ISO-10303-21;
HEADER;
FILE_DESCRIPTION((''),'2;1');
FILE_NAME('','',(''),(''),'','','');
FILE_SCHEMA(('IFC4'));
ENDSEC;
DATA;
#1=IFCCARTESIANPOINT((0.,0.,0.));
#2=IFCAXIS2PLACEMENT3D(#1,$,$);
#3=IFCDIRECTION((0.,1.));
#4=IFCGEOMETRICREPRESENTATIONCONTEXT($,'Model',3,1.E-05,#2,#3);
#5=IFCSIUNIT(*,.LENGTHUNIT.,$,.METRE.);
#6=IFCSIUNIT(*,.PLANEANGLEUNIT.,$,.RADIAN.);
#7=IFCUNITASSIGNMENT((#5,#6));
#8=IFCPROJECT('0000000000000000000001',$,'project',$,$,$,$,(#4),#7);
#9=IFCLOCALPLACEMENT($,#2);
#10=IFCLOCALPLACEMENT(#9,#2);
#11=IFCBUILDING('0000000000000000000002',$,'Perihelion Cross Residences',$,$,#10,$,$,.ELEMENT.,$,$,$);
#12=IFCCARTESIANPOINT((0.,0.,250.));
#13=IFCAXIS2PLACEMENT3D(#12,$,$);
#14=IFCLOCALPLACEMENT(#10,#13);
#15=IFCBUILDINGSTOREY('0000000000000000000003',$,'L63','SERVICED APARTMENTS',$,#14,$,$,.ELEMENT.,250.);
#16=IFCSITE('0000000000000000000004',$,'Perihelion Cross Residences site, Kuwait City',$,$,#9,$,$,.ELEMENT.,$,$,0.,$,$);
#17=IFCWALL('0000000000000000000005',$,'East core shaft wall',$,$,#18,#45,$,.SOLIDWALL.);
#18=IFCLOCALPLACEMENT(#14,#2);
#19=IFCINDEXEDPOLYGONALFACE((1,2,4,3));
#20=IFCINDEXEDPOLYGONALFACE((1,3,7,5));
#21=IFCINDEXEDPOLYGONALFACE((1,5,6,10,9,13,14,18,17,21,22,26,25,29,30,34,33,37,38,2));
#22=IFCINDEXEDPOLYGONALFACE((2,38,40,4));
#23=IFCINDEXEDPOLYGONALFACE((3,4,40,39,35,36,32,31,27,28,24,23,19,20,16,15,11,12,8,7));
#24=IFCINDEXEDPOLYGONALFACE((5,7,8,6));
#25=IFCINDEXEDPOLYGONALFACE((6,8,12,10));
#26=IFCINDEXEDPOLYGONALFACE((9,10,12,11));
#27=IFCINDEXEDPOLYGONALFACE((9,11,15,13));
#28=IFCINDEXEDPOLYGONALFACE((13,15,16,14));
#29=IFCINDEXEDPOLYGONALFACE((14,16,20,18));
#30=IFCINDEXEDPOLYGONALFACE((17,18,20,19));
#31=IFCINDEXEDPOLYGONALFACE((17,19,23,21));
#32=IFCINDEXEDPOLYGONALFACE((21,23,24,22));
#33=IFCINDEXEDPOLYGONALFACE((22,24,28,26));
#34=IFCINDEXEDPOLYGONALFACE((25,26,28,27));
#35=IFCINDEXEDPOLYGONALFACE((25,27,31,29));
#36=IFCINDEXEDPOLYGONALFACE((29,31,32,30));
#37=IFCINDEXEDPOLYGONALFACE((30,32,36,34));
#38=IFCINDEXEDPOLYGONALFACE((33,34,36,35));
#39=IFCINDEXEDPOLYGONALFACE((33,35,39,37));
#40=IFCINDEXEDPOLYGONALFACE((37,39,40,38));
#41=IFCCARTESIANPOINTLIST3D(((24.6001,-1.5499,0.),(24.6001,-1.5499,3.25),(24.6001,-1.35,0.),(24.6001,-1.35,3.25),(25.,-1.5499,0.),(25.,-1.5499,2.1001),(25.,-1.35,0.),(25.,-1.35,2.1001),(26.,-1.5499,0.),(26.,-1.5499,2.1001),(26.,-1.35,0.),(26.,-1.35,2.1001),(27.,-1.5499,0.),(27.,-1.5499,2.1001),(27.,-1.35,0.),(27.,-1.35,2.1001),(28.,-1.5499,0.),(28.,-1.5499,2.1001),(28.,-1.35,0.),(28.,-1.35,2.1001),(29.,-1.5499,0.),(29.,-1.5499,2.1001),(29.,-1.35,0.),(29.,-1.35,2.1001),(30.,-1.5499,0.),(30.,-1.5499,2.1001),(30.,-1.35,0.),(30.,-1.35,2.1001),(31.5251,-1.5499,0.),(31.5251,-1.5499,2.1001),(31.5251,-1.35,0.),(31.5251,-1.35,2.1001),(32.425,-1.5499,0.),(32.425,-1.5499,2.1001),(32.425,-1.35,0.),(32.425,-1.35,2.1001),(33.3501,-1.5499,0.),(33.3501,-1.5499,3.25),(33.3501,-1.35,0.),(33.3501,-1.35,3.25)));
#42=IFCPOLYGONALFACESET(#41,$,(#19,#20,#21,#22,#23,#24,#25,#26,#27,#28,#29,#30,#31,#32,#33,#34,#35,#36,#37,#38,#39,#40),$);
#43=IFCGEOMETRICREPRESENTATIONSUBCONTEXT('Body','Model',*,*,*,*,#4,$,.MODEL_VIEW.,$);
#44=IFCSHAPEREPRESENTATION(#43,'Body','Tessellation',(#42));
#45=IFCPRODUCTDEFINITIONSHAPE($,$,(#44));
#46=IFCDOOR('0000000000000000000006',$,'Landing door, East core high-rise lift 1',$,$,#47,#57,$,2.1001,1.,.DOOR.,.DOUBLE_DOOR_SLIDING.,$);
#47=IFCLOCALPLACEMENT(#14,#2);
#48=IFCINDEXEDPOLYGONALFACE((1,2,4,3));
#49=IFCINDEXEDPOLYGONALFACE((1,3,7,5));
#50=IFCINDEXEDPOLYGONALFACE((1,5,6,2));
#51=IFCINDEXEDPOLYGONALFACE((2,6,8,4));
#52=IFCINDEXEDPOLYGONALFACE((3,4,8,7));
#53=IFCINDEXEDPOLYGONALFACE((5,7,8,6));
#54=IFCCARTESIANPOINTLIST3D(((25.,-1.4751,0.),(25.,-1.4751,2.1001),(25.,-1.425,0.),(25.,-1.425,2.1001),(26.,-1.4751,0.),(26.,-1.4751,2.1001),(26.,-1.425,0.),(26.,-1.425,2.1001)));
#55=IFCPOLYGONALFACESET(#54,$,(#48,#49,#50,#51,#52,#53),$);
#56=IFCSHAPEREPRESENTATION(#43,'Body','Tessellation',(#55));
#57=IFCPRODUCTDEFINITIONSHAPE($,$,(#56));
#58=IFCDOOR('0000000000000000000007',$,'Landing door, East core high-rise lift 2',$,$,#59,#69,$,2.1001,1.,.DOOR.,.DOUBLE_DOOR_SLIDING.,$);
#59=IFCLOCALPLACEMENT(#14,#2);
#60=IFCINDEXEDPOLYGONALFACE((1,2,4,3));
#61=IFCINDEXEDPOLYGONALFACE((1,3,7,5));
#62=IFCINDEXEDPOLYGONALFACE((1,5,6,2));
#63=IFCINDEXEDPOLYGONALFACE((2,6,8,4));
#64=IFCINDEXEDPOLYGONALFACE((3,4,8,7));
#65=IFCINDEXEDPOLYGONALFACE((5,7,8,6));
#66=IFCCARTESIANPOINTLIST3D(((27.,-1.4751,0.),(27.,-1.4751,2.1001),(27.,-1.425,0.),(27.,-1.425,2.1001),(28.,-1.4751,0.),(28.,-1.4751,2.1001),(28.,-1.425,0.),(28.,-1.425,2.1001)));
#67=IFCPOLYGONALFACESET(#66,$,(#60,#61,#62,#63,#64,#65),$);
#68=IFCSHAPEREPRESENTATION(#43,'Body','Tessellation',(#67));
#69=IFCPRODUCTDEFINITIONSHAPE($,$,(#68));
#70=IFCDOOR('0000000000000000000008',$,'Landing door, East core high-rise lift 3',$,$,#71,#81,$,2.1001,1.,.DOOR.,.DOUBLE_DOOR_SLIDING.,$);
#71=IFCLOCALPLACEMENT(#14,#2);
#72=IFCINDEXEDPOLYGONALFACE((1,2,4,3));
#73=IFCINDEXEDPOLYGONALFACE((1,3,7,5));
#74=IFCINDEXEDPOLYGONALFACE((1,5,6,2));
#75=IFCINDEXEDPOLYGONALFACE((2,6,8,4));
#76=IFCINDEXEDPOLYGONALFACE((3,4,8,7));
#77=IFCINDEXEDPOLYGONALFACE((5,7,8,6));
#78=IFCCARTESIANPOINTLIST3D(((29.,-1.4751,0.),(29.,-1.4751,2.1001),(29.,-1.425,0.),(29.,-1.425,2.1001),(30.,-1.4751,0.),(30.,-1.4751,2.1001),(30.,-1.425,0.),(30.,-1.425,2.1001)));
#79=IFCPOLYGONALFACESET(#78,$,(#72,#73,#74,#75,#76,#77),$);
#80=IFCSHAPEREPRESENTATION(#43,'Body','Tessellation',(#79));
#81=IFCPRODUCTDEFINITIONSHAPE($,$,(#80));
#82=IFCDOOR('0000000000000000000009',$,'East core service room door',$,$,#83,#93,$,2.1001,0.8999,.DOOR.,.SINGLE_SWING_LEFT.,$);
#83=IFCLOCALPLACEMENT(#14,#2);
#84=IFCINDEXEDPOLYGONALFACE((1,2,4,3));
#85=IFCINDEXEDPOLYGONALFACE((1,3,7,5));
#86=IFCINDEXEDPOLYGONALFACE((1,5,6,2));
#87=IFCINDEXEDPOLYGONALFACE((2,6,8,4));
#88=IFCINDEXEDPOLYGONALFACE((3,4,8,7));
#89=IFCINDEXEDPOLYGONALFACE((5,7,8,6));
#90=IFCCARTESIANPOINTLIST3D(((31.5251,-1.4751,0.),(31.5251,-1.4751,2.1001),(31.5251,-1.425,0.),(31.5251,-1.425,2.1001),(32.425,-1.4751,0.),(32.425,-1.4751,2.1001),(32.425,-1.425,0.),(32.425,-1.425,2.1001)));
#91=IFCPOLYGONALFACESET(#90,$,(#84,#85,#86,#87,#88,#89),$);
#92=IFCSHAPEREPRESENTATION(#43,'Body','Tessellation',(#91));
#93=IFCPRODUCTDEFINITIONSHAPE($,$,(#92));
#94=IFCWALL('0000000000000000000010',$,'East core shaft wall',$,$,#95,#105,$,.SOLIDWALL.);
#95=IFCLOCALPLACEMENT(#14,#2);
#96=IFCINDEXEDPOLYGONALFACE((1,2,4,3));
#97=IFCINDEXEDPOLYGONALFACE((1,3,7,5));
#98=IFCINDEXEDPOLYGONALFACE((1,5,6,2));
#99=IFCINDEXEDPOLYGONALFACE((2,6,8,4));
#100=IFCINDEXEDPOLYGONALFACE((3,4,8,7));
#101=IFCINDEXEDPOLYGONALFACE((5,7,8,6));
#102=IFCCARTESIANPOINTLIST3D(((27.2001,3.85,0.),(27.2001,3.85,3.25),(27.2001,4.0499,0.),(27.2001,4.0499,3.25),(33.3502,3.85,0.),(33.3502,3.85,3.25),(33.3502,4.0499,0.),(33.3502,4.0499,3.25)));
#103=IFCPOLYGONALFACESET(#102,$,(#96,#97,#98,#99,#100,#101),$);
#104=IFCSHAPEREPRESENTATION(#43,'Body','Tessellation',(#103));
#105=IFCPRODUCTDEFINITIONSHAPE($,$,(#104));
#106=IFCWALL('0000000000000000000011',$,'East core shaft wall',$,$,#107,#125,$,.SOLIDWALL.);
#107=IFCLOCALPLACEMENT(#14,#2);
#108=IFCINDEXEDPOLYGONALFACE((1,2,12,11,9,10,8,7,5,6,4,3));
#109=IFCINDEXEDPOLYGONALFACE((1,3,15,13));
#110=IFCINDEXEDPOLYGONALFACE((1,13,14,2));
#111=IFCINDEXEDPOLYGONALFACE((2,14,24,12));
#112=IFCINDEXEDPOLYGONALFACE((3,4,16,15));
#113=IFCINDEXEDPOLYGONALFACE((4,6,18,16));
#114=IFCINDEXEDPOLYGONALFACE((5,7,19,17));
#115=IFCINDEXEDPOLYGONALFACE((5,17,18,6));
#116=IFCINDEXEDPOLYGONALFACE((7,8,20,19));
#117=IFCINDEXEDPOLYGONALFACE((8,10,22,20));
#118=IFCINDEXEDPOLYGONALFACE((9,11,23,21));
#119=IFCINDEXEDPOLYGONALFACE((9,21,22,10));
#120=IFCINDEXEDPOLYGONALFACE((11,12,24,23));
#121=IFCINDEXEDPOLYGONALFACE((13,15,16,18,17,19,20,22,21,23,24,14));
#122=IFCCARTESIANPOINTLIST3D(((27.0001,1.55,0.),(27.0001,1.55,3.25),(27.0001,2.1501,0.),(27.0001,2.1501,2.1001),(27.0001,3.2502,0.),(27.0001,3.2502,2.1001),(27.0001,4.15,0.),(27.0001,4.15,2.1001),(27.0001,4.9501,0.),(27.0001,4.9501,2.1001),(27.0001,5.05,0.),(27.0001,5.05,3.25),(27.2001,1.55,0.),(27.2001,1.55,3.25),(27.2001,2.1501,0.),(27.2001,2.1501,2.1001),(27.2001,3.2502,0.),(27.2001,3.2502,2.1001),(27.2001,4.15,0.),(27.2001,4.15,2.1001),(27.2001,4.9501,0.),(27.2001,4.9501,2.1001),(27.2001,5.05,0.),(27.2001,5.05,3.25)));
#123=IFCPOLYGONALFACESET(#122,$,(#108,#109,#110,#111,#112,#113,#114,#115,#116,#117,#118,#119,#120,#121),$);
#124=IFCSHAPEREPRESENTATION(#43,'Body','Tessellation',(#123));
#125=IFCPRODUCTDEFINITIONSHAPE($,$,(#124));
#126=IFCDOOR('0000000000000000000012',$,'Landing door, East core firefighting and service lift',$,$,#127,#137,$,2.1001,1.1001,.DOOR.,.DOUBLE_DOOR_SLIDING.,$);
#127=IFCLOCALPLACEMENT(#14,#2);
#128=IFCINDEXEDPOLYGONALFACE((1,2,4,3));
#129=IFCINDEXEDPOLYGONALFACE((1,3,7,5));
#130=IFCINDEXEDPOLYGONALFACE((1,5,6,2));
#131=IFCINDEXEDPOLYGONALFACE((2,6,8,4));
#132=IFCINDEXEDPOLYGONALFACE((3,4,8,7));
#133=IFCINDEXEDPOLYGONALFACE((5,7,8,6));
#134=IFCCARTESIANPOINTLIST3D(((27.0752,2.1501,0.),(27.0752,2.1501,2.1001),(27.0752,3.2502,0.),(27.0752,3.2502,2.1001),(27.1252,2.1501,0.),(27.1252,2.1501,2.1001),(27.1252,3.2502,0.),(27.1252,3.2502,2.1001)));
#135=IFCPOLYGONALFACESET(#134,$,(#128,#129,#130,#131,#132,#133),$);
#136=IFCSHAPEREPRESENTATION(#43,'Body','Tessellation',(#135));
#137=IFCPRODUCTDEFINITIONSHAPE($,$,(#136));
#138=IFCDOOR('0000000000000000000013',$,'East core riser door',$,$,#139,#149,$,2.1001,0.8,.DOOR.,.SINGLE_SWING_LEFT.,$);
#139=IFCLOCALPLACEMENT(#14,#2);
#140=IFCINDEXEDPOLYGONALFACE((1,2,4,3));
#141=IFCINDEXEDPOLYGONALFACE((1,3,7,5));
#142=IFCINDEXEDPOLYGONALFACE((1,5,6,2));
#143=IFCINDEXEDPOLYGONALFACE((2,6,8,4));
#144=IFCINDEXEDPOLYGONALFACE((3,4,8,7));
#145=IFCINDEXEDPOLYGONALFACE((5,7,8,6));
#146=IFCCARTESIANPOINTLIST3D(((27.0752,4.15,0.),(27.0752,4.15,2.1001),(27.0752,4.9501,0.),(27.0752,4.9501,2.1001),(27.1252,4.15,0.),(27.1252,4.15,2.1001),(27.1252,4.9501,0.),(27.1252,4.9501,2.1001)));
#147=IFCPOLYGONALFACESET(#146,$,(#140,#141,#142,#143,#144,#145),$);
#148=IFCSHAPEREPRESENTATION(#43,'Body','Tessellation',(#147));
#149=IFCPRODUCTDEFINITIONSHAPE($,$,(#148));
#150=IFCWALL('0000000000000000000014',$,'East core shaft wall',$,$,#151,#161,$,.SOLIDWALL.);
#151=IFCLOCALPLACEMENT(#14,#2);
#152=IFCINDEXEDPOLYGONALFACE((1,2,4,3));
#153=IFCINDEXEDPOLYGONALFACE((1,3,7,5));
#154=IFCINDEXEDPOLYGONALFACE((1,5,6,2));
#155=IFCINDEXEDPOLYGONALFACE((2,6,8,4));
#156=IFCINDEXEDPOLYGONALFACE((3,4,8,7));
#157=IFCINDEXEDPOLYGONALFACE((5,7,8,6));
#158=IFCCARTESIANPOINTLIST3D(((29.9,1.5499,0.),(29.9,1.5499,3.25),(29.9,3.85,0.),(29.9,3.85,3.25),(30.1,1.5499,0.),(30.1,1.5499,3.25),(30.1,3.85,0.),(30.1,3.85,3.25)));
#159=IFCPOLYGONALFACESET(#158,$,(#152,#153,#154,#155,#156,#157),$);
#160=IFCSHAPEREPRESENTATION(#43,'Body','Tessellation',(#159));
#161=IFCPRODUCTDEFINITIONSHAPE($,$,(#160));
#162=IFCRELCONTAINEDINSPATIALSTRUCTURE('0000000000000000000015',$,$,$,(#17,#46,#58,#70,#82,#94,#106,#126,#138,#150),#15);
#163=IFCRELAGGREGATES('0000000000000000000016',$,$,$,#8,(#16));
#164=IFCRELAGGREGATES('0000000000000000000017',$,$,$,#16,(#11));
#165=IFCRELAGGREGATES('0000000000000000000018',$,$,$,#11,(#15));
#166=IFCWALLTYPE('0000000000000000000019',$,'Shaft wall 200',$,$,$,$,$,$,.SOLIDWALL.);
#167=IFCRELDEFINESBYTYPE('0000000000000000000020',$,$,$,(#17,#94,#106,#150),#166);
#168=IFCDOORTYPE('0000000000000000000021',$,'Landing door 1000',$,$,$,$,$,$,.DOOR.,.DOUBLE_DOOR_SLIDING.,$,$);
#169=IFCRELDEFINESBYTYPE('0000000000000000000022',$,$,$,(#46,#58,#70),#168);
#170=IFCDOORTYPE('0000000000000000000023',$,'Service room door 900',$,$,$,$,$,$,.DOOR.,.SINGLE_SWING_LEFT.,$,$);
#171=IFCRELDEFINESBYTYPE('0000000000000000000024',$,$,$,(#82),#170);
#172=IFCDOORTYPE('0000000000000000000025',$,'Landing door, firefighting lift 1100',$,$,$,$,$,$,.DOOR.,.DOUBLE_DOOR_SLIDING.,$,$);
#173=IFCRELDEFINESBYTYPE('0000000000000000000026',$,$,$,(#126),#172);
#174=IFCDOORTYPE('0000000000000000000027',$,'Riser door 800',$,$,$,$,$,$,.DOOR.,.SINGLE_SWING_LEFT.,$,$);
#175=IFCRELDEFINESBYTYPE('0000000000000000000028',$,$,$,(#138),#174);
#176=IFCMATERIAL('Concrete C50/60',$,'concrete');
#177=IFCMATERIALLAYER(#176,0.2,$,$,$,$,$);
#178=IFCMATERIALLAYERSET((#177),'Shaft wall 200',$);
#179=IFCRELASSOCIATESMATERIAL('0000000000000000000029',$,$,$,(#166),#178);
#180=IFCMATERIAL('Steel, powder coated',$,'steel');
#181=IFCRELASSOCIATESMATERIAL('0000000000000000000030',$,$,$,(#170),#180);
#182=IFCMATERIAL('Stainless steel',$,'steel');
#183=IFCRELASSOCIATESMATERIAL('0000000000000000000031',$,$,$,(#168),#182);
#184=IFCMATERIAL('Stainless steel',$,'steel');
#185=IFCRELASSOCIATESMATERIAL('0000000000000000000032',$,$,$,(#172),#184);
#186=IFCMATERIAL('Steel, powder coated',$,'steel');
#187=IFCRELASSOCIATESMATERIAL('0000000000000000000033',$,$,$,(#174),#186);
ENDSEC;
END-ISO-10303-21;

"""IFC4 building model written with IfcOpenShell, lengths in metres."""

from ifc_helpers import new_model, si_unit, direction, frame, frame_2d, origin, place, context, subcontext, project, spatial, rectangle, extrude, material, layer, layer_set, type_object, element, fill, save


model = new_model("IFC4")

# Units and contexts
model_context = context("Model", 3, precision=1e-05, world=origin(), true_north=direction((0.0, 1.0)))
body_context = subcontext(model_context, "Body", "Model", "MODEL_VIEW")
ifc_project = project(units=[si_unit("LENGTHUNIT", "METRE"), si_unit("PLANEANGLEUNIT", "RADIAN")], contexts=[model_context])

# Site, building, storey
site_placement = place(None, origin())
site = spatial("IfcSite", under=ifc_project, at=site_placement, Name="Perihelion Cross Residences site, Kuwait City", CompositionType="ELEMENT", RefElevation=0.0)
building_placement = place(site_placement, origin())
building = spatial("IfcBuilding", under=site, at=building_placement, Name="Perihelion Cross Residences", CompositionType="ELEMENT")
storey_placement = place(building_placement, frame((0.0, 0.0, 250.0)))
storey = spatial("IfcBuildingStorey", under=building, at=storey_placement, Name="L63", Description="SERVICED APARTMENTS", CompositionType="ELEMENT", Elevation=250.0)

# Wall, openings, doors
ifc_material_1 = material(Name="Concrete C50/60", Category="concrete")
ifc_layer_1 = layer(ifc_material_1, 0.2)
ifc_layer_set_1 = layer_set([ifc_layer_1], Name="Shaft wall 200")
wall_type_1 = type_object("IfcWallType", Name="Shaft wall 200", PredefinedType="SOLIDWALL", material=ifc_layer_set_1)
ifc_material_2 = material(Name="Steel, powder coated", Category="steel")
door_type_1 = type_object("IfcDoorType", Name="Service room door 900", OperationType="SINGLE_SWING_LEFT", PredefinedType="DOOR", material=ifc_material_2)
wall_1_placement = place(storey_placement, frame((24.6001, -1.45, 0.0), z_axis=(0.0, 0.0, 1.0), x_axis=(1.0, 0.0, 0.0)))
wall_1 = element("IfcWall", 1, at=wall_1_placement, inside=storey, type_object=wall_type_1, Name="East core shaft wall", PredefinedType="SOLIDWALL", context=body_context, shape_type="SweptSolid", body=[
    extrude(rectangle(XDim=8.75, YDim=0.2, at=frame_2d((4.375, 0.0))), origin(), (0.0, 0.0, 1.0), 3.25),
])
opening_1_placement = place(wall_1_placement, frame((0.3999, 0.0, 0.0)))
opening_1 = element("IfcOpeningElement", 2, at=opening_1_placement, cuts=wall_1, PredefinedType="OPENING", context=body_context, shape_type="SweptSolid", body=[
    extrude(rectangle(XDim=1.0, YDim=2.1001, at=frame_2d((0.5, 1.05))), frame((0.0, 0.1099, 0.0), z_axis=(0.0, -1.0, 0.0), x_axis=(1.0, 0.0, 0.0)), (0.0, 0.0, 1.0), 0.22),
])
opening_2_placement = place(wall_1_placement, frame((2.3999, 0.0, 0.0)))
opening_2 = element("IfcOpeningElement", 3, at=opening_2_placement, cuts=wall_1, PredefinedType="OPENING", context=body_context, shape_type="SweptSolid", body=[
    extrude(rectangle(XDim=1.0, YDim=2.1001, at=frame_2d((0.5, 1.05))), frame((0.0, 0.1099, 0.0), z_axis=(0.0, -1.0, 0.0), x_axis=(1.0, 0.0, 0.0)), (0.0, 0.0, 1.0), 0.22),
])
opening_3_placement = place(wall_1_placement, frame((4.3999, 0.0, 0.0)))
opening_3 = element("IfcOpeningElement", 4, at=opening_3_placement, cuts=wall_1, PredefinedType="OPENING", context=body_context, shape_type="SweptSolid", body=[
    extrude(rectangle(XDim=1.0, YDim=2.1001, at=frame_2d((0.5, 1.05))), frame((0.0, 0.1099, 0.0), z_axis=(0.0, -1.0, 0.0), x_axis=(1.0, 0.0, 0.0)), (0.0, 0.0, 1.0), 0.22),
])
opening_4_placement = place(wall_1_placement, frame((6.925, 0.0, 0.0)))
opening_4 = element("IfcOpeningElement", 5, at=opening_4_placement, cuts=wall_1, PredefinedType="OPENING", context=body_context, shape_type="SweptSolid", body=[
    extrude(rectangle(XDim=0.8999, YDim=2.1001, at=frame_2d((0.45, 1.05))), frame((0.0, 0.1099, 0.0), z_axis=(0.0, -1.0, 0.0), x_axis=(1.0, 0.0, 0.0)), (0.0, 0.0, 1.0), 0.22),
])
ifc_material_3 = material(Name="Stainless steel", Category="steel")
door_type_2 = type_object("IfcDoorType", Name="Landing door 1000", OperationType="DOUBLE_DOOR_SLIDING", PredefinedType="DOOR", material=ifc_material_3)
door_1_placement = place(opening_1_placement, origin())
door_1 = element("IfcDoor", 6, at=door_1_placement, inside=storey, type_object=door_type_2, Name="Landing door, East core high-rise lift 1", OperationType="DOUBLE_DOOR_SLIDING", OverallHeight=2.1001, OverallWidth=1.0, PredefinedType="DOOR", context=body_context, shape_type="SweptSolid", body=[
    extrude(rectangle(XDim=1.0, YDim=2.1001, at=frame_2d((0.5, 1.05))), frame((0.0, 0.0249, 0.0), z_axis=(0.0, -1.0, 0.0), x_axis=(1.0, 0.0, 0.0)), (0.0, 0.0, 1.0), 0.05),
])
fill(opening_1, door_1)
door_2_placement = place(opening_2_placement, origin())
door_2 = element("IfcDoor", 7, at=door_2_placement, inside=storey, type_object=door_type_2, Name="Landing door, East core high-rise lift 2", OperationType="DOUBLE_DOOR_SLIDING", OverallHeight=2.1001, OverallWidth=1.0, PredefinedType="DOOR", context=body_context, shape_type="SweptSolid", body=[
    extrude(rectangle(XDim=1.0, YDim=2.1001, at=frame_2d((0.5, 1.05))), frame((0.0, 0.0249, 0.0), z_axis=(0.0, -1.0, 0.0), x_axis=(1.0, 0.0, 0.0)), (0.0, 0.0, 1.0), 0.05),
])
fill(opening_2, door_2)
door_3_placement = place(opening_3_placement, origin())
door_3 = element("IfcDoor", 8, at=door_3_placement, inside=storey, type_object=door_type_2, Name="Landing door, East core high-rise lift 3", OperationType="DOUBLE_DOOR_SLIDING", OverallHeight=2.1001, OverallWidth=1.0, PredefinedType="DOOR", context=body_context, shape_type="SweptSolid", body=[
    extrude(rectangle(XDim=1.0, YDim=2.1001, at=frame_2d((0.5, 1.05))), frame((0.0, 0.0249, 0.0), z_axis=(0.0, -1.0, 0.0), x_axis=(1.0, 0.0, 0.0)), (0.0, 0.0, 1.0), 0.05),
])
fill(opening_3, door_3)
door_4_placement = place(opening_4_placement, origin())
door_4 = element("IfcDoor", 9, at=door_4_placement, inside=storey, type_object=door_type_1, Name="East core service room door", OperationType="SINGLE_SWING_LEFT", OverallHeight=2.1001, OverallWidth=0.8999, PredefinedType="DOOR", context=body_context, shape_type="SweptSolid", body=[
    extrude(rectangle(XDim=0.8999, YDim=2.1001, at=frame_2d((0.45, 1.05))), frame((0.0, 0.0249, 0.0), z_axis=(0.0, -1.0, 0.0), x_axis=(1.0, 0.0, 0.0)), (0.0, 0.0, 1.0), 0.05),
])
fill(opening_4, door_4)

# Wall
wall_2_placement = place(storey_placement, frame((27.2, 3.95, 0.0), z_axis=(0.0, 0.0, 1.0), x_axis=(1.0, 0.0, 0.0)))
element("IfcWall", 10, at=wall_2_placement, inside=storey, type_object=wall_type_1, Name="East core shaft wall", PredefinedType="SOLIDWALL", context=body_context, shape_type="SweptSolid", body=[
    extrude(rectangle(XDim=6.1501, YDim=0.2, at=frame_2d((3.0752, 0.0))), origin(), (0.0, 0.0, 1.0), 3.25),
])

# Wall, openings, doors
wall_3_placement = place(storey_placement, frame((27.1001, 1.55, 0.0), z_axis=(0.0, 0.0, 1.0), x_axis=(0.0, 1.0, 0.0)))
wall_3 = element("IfcWall", 11, at=wall_3_placement, inside=storey, type_object=wall_type_1, Name="East core shaft wall", PredefinedType="SOLIDWALL", context=body_context, shape_type="SweptSolid", body=[
    extrude(rectangle(XDim=3.5, YDim=0.2, at=frame_2d((1.75, 0.0))), origin(), (0.0, 0.0, 1.0), 3.25),
])
opening_5_placement = place(wall_3_placement, frame((0.6001, 0.0, 0.0)))
opening_5 = element("IfcOpeningElement", 12, at=opening_5_placement, cuts=wall_3, PredefinedType="OPENING", context=body_context, shape_type="SweptSolid", body=[
    extrude(rectangle(XDim=1.1001, YDim=2.1001, at=frame_2d((0.55, 1.05))), frame((0.0, 0.1099, 0.0), z_axis=(0.0, -1.0, 0.0), x_axis=(1.0, 0.0, 0.0)), (0.0, 0.0, 1.0), 0.22),
])
opening_6_placement = place(wall_3_placement, frame((2.6001, 0.0, 0.0)))
opening_6 = element("IfcOpeningElement", 13, at=opening_6_placement, cuts=wall_3, PredefinedType="OPENING", context=body_context, shape_type="SweptSolid", body=[
    extrude(rectangle(XDim=0.8, YDim=2.1001, at=frame_2d((0.3999, 1.05))), frame((0.0, 0.1099, 0.0), z_axis=(0.0, -1.0, 0.0), x_axis=(1.0, 0.0, 0.0)), (0.0, 0.0, 1.0), 0.22),
])
ifc_material_4 = material(Name="Stainless steel", Category="steel")
door_type_3 = type_object("IfcDoorType", Name="Landing door, firefighting lift 1100", OperationType="DOUBLE_DOOR_SLIDING", PredefinedType="DOOR", material=ifc_material_4)
door_5_placement = place(opening_5_placement, origin())
door_5 = element("IfcDoor", 14, at=door_5_placement, inside=storey, type_object=door_type_3, Name="Landing door, East core firefighting and service lift", OperationType="DOUBLE_DOOR_SLIDING", OverallHeight=2.1001, OverallWidth=1.1001, PredefinedType="DOOR", context=body_context, shape_type="SweptSolid", body=[
    extrude(rectangle(XDim=1.1001, YDim=2.1001, at=frame_2d((0.55, 1.05))), frame((0.0, 0.0249, 0.0), z_axis=(0.0, -1.0, 0.0), x_axis=(1.0, 0.0, 0.0)), (0.0, 0.0, 1.0), 0.05),
])
fill(opening_5, door_5)
ifc_material_5 = material(Name="Steel, powder coated", Category="steel")
door_type_4 = type_object("IfcDoorType", Name="Riser door 800", OperationType="SINGLE_SWING_LEFT", PredefinedType="DOOR", material=ifc_material_5)
door_6_placement = place(opening_6_placement, origin())
door_6 = element("IfcDoor", 15, at=door_6_placement, inside=storey, type_object=door_type_4, Name="East core riser door", OperationType="SINGLE_SWING_LEFT", OverallHeight=2.1001, OverallWidth=0.8, PredefinedType="DOOR", context=body_context, shape_type="SweptSolid", body=[
    extrude(rectangle(XDim=0.8, YDim=2.1001, at=frame_2d((0.3999, 1.05))), frame((0.0, 0.0249, 0.0), z_axis=(0.0, -1.0, 0.0), x_axis=(1.0, 0.0, 0.0)), (0.0, 0.0, 1.0), 0.05),
])
fill(opening_6, door_6)

# Wall
for number, where, z_axis, x_axis, name in (
    (16, (30.0, 1.55, 0.0), (0.0, 0.0, 1.0), (0.0, 1.0, 0.0), "East core shaft wall"),
):
    element("IfcWall", number, at=place(storey_placement, frame(where, z_axis=z_axis, x_axis=x_axis)), inside=storey, type_object=wall_type_1, Name=name, PredefinedType="SOLIDWALL", context=body_context, shape_type="SweptSolid", body=[
        extrude(rectangle(XDim=2.3, YDim=0.2, at=frame_2d((1.1499, 0.0))), origin(), (0.0, 0.0, 1.0), 3.25),
    ])

save(model, "model.ifc")
